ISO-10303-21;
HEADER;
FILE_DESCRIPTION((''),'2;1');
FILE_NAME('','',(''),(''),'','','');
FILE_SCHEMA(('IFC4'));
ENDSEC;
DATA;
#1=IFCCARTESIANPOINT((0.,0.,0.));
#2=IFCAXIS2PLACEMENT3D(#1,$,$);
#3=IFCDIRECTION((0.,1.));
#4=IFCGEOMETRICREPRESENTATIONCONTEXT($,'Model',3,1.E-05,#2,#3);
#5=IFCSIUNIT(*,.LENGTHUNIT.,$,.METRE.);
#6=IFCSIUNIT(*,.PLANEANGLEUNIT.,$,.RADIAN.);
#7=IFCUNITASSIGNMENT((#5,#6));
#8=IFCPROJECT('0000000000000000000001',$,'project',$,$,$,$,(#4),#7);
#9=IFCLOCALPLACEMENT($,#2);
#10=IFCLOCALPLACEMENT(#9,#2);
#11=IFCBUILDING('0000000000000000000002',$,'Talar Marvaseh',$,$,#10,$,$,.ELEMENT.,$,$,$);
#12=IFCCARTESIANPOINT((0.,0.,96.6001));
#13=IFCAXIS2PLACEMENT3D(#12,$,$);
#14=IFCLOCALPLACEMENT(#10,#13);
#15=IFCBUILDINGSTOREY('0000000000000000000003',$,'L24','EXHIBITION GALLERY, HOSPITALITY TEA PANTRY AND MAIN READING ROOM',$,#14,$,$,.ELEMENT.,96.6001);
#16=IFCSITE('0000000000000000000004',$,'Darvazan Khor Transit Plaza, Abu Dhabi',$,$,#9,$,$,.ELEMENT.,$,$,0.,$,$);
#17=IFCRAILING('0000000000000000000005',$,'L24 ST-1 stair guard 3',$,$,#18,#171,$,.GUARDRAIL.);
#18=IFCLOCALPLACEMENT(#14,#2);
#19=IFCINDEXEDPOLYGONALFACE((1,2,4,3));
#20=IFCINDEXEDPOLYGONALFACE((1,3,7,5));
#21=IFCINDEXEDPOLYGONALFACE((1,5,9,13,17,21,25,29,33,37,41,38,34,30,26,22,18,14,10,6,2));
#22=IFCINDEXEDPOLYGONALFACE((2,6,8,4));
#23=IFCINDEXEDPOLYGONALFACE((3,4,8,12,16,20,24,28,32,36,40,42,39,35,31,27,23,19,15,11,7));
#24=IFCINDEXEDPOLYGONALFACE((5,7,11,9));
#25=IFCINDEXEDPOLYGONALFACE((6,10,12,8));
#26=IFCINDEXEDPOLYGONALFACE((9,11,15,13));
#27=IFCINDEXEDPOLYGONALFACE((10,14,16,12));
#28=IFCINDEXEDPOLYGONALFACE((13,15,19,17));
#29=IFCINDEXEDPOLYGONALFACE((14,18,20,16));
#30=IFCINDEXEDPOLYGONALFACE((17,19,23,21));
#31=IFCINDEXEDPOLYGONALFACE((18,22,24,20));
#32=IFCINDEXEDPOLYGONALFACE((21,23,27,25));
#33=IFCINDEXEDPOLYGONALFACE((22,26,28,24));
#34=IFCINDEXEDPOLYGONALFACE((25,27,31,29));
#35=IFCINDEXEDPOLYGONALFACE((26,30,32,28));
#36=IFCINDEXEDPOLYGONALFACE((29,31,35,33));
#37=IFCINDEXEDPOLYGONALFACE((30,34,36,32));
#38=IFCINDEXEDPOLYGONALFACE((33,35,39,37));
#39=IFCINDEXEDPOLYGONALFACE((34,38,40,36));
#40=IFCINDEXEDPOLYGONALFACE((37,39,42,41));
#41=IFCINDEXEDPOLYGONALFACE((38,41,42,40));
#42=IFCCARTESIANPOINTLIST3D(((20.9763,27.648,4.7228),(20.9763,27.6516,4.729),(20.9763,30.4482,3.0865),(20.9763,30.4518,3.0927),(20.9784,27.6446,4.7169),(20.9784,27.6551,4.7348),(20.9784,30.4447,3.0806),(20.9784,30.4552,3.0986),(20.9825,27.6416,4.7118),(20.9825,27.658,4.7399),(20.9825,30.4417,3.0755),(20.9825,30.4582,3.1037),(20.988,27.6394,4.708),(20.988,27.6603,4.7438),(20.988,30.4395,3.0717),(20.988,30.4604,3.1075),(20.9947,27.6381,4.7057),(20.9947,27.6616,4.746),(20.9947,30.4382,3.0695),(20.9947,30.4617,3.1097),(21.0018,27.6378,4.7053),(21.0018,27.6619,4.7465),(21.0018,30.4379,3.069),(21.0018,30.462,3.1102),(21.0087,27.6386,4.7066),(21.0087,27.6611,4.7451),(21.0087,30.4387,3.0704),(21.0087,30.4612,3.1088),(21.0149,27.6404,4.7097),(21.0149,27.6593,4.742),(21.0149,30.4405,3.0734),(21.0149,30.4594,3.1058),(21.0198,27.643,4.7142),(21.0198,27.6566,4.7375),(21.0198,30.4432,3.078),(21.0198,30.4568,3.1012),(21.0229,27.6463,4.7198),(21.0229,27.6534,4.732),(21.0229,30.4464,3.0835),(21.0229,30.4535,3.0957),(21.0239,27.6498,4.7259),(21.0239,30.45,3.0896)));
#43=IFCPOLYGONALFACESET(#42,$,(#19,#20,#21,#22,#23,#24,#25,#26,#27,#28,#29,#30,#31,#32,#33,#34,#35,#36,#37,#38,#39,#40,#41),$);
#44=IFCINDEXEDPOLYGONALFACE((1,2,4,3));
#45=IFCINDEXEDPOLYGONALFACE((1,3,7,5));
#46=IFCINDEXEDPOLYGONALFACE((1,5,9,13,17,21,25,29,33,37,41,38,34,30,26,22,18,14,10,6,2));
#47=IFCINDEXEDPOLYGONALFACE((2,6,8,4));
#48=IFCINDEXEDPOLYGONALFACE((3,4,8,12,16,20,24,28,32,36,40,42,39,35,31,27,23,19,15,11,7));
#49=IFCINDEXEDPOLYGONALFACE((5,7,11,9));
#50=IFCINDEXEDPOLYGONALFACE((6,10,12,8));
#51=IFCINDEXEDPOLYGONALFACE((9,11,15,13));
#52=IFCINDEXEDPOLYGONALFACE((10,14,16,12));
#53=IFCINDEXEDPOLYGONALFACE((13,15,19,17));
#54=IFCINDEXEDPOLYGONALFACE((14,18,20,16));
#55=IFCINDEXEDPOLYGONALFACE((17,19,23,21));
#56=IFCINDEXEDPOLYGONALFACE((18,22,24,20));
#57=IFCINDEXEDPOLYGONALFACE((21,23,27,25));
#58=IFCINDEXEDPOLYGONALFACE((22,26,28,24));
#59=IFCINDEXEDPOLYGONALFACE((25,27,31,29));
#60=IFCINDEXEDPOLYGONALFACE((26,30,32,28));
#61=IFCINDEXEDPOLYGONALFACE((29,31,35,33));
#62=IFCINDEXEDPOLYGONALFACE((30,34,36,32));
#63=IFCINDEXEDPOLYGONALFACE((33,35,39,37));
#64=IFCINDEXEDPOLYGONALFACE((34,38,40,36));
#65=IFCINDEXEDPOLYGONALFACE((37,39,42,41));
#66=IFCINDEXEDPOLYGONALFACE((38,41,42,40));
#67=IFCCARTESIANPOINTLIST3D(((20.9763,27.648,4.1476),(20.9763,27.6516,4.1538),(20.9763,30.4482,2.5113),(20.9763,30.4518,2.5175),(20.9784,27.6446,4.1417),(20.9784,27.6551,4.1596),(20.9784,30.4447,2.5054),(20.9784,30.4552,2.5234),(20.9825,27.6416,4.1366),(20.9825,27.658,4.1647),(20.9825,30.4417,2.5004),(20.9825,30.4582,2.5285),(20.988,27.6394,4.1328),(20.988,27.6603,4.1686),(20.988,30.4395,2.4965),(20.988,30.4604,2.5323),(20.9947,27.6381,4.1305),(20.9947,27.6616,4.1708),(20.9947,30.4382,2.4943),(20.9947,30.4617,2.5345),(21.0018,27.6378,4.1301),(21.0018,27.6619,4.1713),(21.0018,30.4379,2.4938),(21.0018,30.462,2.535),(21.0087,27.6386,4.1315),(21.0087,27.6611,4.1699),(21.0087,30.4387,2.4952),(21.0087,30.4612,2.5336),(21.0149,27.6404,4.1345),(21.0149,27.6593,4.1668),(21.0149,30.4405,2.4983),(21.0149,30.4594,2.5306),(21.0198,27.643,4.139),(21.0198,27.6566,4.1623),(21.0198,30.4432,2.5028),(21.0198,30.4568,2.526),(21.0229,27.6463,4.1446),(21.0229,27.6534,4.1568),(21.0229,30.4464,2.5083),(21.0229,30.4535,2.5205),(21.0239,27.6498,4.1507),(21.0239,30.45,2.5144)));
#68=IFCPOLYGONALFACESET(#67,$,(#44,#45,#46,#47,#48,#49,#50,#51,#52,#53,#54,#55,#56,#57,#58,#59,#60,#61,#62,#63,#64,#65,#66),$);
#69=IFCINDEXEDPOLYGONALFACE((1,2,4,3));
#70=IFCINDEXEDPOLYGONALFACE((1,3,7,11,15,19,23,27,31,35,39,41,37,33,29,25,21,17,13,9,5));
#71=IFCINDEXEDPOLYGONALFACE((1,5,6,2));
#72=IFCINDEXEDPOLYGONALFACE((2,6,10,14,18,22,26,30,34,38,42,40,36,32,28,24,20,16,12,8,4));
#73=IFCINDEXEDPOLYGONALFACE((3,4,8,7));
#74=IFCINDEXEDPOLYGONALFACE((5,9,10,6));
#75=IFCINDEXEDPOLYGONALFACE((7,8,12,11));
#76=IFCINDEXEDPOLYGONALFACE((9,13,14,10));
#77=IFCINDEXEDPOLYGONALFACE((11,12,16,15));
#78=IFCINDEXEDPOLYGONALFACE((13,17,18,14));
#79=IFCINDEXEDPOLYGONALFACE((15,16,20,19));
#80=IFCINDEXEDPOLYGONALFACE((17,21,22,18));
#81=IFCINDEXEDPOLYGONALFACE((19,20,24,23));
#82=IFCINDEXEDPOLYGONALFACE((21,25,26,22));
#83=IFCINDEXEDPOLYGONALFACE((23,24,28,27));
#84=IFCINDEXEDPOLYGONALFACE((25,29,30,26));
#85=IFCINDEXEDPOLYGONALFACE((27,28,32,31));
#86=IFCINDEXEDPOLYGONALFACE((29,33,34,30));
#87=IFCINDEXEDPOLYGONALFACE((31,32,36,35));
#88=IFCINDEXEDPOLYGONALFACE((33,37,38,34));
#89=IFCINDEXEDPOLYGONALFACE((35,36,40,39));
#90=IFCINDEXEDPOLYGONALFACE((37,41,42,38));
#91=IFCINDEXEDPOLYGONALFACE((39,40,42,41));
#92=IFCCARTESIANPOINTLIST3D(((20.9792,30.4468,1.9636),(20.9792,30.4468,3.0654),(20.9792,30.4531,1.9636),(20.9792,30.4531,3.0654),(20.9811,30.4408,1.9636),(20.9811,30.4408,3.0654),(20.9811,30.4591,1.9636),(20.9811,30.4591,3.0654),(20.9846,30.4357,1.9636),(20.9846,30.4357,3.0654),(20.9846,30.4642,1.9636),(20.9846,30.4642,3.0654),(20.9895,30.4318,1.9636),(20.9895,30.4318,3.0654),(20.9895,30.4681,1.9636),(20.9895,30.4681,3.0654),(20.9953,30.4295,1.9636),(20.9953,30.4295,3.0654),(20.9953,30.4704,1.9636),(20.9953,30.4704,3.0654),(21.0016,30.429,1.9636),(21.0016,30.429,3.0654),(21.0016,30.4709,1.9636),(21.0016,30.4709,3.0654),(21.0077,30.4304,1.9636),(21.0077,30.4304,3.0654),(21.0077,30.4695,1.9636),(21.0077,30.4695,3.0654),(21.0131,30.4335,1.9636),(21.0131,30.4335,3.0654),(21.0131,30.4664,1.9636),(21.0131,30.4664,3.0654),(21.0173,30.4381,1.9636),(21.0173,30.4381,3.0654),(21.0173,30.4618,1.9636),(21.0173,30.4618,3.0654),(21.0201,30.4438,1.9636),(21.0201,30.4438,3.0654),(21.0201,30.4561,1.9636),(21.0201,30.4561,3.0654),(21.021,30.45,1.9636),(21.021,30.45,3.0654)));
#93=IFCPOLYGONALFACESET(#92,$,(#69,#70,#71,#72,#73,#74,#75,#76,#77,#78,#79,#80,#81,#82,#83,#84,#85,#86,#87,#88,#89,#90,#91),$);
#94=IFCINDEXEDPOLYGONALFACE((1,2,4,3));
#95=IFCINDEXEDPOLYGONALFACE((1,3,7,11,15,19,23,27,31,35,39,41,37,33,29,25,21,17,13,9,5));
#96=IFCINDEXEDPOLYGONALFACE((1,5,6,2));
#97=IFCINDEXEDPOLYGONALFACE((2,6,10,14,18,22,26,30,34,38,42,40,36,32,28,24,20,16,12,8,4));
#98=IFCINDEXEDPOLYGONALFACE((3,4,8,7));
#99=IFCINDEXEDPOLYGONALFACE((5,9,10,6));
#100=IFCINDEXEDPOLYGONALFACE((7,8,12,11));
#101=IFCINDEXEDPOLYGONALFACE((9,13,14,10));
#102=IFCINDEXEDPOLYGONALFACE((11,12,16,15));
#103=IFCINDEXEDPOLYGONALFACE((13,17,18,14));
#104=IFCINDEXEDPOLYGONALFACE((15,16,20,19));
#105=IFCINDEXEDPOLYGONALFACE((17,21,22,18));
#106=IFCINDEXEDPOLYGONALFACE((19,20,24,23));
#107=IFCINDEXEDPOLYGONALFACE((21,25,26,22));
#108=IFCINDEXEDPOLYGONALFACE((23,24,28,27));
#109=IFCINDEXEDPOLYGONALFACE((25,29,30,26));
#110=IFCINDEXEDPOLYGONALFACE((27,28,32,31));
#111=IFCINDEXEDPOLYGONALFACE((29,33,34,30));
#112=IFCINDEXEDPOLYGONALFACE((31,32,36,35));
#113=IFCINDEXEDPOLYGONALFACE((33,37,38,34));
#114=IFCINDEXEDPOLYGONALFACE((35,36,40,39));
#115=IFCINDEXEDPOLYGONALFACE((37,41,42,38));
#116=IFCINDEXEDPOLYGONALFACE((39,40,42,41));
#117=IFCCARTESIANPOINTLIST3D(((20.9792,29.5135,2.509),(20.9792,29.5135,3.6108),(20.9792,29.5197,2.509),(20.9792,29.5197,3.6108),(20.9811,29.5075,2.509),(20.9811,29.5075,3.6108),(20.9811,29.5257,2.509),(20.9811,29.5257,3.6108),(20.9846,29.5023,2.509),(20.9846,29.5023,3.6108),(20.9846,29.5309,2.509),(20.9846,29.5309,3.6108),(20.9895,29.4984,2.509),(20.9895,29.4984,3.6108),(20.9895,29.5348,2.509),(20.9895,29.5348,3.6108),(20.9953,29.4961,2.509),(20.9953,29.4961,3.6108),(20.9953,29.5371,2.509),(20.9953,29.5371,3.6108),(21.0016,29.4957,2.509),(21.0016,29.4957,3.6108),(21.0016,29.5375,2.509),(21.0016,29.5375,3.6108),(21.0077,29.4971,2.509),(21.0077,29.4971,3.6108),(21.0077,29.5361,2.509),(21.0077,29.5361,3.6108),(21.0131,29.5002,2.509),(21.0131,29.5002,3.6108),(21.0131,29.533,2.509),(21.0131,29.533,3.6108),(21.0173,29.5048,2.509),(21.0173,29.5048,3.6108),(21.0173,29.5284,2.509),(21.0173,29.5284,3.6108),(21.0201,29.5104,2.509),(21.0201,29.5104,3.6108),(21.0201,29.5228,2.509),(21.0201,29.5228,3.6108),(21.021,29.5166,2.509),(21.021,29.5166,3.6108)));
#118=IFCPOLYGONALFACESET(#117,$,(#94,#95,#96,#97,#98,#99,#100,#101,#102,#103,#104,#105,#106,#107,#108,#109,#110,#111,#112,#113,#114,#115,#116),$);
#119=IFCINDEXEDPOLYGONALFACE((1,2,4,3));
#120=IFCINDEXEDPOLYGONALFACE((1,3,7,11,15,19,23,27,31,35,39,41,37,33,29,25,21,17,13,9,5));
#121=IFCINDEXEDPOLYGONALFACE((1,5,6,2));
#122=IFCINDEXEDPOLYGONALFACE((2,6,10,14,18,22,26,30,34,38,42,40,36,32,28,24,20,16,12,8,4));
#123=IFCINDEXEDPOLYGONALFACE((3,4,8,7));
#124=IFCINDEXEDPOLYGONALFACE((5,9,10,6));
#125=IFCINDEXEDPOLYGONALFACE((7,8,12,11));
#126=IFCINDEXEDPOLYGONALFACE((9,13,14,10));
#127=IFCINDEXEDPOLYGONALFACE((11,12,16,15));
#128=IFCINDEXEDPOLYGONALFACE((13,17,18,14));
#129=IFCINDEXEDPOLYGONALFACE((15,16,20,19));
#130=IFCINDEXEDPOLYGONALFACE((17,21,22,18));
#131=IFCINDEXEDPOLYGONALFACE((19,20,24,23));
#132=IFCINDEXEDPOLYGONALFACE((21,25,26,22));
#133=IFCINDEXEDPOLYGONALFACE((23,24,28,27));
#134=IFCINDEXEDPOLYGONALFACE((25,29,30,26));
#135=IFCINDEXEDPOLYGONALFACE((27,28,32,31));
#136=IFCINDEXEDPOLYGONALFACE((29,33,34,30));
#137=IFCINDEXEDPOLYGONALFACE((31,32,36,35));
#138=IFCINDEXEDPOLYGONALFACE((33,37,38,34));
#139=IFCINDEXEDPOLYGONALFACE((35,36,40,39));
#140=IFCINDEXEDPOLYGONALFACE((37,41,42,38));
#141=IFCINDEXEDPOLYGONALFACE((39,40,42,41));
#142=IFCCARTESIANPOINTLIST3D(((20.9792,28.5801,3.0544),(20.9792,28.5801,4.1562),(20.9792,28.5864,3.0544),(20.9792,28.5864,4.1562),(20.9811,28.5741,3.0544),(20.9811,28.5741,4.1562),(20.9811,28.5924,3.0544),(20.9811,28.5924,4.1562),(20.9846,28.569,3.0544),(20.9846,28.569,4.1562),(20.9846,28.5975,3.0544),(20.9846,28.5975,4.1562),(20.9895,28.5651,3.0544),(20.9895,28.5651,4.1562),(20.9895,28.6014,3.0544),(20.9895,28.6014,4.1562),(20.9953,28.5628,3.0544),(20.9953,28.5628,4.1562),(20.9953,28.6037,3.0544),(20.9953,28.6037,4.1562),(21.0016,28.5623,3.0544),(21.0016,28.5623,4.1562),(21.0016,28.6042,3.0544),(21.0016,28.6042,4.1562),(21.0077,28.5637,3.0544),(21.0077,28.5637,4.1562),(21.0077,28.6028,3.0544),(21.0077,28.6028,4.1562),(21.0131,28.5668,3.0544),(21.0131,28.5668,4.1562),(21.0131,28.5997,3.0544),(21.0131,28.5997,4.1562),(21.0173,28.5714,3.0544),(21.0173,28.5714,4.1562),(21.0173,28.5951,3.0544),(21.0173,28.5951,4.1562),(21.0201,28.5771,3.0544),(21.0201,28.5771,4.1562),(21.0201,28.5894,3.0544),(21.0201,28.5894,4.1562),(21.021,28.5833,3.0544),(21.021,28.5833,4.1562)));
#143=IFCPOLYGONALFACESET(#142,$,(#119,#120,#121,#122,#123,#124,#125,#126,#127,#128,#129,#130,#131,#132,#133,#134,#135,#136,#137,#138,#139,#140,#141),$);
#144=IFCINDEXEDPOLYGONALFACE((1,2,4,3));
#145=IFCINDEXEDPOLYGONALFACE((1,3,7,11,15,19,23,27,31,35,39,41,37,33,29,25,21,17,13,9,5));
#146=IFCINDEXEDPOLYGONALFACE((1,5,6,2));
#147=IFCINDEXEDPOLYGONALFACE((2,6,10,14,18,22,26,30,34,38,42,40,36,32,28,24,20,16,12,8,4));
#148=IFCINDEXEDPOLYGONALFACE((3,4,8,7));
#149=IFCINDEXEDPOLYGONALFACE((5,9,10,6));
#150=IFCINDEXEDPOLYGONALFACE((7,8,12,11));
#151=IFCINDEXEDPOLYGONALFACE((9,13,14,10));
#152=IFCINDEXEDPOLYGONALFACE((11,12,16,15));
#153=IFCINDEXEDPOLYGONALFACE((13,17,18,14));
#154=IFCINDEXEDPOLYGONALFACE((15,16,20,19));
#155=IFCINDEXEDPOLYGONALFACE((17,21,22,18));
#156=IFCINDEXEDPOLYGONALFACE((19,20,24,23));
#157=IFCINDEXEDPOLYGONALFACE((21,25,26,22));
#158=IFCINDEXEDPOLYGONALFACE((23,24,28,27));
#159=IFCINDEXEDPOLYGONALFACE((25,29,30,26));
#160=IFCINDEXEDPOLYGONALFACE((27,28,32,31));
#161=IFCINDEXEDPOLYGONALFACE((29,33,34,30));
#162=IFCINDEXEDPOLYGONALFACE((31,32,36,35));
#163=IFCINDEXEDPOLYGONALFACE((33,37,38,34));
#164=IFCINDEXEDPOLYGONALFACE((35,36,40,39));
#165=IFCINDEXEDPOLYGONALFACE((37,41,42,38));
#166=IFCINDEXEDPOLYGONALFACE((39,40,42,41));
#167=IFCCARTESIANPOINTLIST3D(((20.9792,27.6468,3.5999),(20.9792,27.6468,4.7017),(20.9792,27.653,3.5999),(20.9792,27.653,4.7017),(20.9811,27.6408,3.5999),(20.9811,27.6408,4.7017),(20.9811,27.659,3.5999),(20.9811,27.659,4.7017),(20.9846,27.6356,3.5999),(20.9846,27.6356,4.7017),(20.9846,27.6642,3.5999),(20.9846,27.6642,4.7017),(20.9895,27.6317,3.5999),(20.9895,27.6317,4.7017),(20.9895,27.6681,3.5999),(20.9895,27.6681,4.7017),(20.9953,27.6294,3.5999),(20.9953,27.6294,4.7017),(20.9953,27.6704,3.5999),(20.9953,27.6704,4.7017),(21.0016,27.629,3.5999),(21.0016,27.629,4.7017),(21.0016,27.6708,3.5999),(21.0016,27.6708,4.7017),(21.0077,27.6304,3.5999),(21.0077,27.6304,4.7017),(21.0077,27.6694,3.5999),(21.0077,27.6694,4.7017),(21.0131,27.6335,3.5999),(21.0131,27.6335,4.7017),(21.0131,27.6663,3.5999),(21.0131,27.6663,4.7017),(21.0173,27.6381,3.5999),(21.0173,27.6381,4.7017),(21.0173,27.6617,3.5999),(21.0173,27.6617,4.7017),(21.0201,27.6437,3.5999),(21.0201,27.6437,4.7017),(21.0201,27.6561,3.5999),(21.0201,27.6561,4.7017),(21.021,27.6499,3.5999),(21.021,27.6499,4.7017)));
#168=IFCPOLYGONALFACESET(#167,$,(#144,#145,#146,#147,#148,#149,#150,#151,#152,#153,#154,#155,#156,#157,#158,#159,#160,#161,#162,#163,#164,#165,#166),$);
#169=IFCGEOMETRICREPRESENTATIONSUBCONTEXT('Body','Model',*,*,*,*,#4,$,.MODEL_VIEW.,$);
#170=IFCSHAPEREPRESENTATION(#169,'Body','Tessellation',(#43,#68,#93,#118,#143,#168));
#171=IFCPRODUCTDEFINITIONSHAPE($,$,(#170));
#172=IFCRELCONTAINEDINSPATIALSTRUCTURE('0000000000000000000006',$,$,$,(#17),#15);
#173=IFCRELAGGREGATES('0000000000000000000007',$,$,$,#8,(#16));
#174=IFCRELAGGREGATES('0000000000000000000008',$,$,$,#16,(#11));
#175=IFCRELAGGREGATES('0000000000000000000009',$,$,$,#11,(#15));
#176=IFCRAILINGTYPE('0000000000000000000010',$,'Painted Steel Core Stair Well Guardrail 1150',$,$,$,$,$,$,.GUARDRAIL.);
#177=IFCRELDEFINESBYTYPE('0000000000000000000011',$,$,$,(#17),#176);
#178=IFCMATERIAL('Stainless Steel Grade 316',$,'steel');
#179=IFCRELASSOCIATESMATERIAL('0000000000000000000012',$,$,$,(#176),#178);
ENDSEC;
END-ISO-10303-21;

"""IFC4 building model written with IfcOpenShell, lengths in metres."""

from ifc_helpers import new_model, si_unit, direction, frame, origin, origin_2d, place, context, subcontext, project, spatial, circle, extrude, material, type_object, element, save


model = new_model("IFC4")

# Units and contexts
model_context = context("Model", 3, precision=1e-05, world=origin(), true_north=direction((0.0, 1.0)))
body_context = subcontext(model_context, "Body", "Model", "MODEL_VIEW")
ifc_project = project(units=[si_unit("LENGTHUNIT", "METRE"), si_unit("PLANEANGLEUNIT", "RADIAN")], contexts=[model_context])

# Site, building, storey
site_placement = place(None, origin())
site = spatial("IfcSite", under=ifc_project, at=site_placement, Name="Darvazan Khor Transit Plaza, Abu Dhabi", CompositionType="ELEMENT", RefElevation=0.0)
building_placement = place(site_placement, origin())
building = spatial("IfcBuilding", under=site, at=building_placement, Name="Talar Marvaseh", CompositionType="ELEMENT")
storey_placement = place(building_placement, frame((0.0, 0.0, 96.6001)))
storey = spatial("IfcBuildingStorey", under=building, at=storey_placement, Name="L24", Description="EXHIBITION GALLERY, HOSPITALITY TEA PANTRY AND MAIN READING ROOM", CompositionType="ELEMENT", Elevation=96.6001)

# Railing
ifc_material_1 = material(Name="Stainless Steel Grade 316", Category="steel")
railing_type_1 = type_object("IfcRailingType", Name="Painted Steel Core Stair Well Guardrail 1150", PredefinedType="GUARDRAIL", material=ifc_material_1)
railing_1_placement = place(storey_placement, frame((21.0, 30.45, 1.9636)))
element("IfcRailing", 1, at=railing_1_placement, inside=storey, type_object=railing_type_1, Name="L24 ST-1 stair guard 3", PredefinedType="GUARDRAIL", context=body_context, shape_type="SweptSolid", body=[
    extrude(circle(Radius=0.0239, at=origin_2d()), frame((0.0, 0.0, 1.126), z_axis=(0.0, -0.863394, 0.504531), x_axis=(1.0, 0.0, 0.0)), (0.0, 0.0, 1.0), 3.2432),
    extrude(circle(Radius=0.0239, at=origin_2d()), frame((0.0, 0.0, 0.5508), z_axis=(0.0, -0.863394, 0.504531), x_axis=(1.0, 0.0, 0.0)), (0.0, 0.0, 1.0), 3.2432),
    extrude(circle(Radius=0.021, at=origin_2d()), origin(), (0.0, 0.0, 1.0), 1.1018),
    extrude(circle(Radius=0.021, at=origin_2d()), frame((0.0, -0.9333, 0.5454)), (0.0, 0.0, 1.0), 1.1018),
    extrude(circle(Radius=0.021, at=origin_2d()), frame((0.0, -1.8667, 1.0908)), (0.0, 0.0, 1.0), 1.1018),
    extrude(circle(Radius=0.021, at=origin_2d()), frame((0.0, -2.8, 1.6362)), (0.0, 0.0, 1.0), 1.1018),
])

save(model, "model.ifc")
